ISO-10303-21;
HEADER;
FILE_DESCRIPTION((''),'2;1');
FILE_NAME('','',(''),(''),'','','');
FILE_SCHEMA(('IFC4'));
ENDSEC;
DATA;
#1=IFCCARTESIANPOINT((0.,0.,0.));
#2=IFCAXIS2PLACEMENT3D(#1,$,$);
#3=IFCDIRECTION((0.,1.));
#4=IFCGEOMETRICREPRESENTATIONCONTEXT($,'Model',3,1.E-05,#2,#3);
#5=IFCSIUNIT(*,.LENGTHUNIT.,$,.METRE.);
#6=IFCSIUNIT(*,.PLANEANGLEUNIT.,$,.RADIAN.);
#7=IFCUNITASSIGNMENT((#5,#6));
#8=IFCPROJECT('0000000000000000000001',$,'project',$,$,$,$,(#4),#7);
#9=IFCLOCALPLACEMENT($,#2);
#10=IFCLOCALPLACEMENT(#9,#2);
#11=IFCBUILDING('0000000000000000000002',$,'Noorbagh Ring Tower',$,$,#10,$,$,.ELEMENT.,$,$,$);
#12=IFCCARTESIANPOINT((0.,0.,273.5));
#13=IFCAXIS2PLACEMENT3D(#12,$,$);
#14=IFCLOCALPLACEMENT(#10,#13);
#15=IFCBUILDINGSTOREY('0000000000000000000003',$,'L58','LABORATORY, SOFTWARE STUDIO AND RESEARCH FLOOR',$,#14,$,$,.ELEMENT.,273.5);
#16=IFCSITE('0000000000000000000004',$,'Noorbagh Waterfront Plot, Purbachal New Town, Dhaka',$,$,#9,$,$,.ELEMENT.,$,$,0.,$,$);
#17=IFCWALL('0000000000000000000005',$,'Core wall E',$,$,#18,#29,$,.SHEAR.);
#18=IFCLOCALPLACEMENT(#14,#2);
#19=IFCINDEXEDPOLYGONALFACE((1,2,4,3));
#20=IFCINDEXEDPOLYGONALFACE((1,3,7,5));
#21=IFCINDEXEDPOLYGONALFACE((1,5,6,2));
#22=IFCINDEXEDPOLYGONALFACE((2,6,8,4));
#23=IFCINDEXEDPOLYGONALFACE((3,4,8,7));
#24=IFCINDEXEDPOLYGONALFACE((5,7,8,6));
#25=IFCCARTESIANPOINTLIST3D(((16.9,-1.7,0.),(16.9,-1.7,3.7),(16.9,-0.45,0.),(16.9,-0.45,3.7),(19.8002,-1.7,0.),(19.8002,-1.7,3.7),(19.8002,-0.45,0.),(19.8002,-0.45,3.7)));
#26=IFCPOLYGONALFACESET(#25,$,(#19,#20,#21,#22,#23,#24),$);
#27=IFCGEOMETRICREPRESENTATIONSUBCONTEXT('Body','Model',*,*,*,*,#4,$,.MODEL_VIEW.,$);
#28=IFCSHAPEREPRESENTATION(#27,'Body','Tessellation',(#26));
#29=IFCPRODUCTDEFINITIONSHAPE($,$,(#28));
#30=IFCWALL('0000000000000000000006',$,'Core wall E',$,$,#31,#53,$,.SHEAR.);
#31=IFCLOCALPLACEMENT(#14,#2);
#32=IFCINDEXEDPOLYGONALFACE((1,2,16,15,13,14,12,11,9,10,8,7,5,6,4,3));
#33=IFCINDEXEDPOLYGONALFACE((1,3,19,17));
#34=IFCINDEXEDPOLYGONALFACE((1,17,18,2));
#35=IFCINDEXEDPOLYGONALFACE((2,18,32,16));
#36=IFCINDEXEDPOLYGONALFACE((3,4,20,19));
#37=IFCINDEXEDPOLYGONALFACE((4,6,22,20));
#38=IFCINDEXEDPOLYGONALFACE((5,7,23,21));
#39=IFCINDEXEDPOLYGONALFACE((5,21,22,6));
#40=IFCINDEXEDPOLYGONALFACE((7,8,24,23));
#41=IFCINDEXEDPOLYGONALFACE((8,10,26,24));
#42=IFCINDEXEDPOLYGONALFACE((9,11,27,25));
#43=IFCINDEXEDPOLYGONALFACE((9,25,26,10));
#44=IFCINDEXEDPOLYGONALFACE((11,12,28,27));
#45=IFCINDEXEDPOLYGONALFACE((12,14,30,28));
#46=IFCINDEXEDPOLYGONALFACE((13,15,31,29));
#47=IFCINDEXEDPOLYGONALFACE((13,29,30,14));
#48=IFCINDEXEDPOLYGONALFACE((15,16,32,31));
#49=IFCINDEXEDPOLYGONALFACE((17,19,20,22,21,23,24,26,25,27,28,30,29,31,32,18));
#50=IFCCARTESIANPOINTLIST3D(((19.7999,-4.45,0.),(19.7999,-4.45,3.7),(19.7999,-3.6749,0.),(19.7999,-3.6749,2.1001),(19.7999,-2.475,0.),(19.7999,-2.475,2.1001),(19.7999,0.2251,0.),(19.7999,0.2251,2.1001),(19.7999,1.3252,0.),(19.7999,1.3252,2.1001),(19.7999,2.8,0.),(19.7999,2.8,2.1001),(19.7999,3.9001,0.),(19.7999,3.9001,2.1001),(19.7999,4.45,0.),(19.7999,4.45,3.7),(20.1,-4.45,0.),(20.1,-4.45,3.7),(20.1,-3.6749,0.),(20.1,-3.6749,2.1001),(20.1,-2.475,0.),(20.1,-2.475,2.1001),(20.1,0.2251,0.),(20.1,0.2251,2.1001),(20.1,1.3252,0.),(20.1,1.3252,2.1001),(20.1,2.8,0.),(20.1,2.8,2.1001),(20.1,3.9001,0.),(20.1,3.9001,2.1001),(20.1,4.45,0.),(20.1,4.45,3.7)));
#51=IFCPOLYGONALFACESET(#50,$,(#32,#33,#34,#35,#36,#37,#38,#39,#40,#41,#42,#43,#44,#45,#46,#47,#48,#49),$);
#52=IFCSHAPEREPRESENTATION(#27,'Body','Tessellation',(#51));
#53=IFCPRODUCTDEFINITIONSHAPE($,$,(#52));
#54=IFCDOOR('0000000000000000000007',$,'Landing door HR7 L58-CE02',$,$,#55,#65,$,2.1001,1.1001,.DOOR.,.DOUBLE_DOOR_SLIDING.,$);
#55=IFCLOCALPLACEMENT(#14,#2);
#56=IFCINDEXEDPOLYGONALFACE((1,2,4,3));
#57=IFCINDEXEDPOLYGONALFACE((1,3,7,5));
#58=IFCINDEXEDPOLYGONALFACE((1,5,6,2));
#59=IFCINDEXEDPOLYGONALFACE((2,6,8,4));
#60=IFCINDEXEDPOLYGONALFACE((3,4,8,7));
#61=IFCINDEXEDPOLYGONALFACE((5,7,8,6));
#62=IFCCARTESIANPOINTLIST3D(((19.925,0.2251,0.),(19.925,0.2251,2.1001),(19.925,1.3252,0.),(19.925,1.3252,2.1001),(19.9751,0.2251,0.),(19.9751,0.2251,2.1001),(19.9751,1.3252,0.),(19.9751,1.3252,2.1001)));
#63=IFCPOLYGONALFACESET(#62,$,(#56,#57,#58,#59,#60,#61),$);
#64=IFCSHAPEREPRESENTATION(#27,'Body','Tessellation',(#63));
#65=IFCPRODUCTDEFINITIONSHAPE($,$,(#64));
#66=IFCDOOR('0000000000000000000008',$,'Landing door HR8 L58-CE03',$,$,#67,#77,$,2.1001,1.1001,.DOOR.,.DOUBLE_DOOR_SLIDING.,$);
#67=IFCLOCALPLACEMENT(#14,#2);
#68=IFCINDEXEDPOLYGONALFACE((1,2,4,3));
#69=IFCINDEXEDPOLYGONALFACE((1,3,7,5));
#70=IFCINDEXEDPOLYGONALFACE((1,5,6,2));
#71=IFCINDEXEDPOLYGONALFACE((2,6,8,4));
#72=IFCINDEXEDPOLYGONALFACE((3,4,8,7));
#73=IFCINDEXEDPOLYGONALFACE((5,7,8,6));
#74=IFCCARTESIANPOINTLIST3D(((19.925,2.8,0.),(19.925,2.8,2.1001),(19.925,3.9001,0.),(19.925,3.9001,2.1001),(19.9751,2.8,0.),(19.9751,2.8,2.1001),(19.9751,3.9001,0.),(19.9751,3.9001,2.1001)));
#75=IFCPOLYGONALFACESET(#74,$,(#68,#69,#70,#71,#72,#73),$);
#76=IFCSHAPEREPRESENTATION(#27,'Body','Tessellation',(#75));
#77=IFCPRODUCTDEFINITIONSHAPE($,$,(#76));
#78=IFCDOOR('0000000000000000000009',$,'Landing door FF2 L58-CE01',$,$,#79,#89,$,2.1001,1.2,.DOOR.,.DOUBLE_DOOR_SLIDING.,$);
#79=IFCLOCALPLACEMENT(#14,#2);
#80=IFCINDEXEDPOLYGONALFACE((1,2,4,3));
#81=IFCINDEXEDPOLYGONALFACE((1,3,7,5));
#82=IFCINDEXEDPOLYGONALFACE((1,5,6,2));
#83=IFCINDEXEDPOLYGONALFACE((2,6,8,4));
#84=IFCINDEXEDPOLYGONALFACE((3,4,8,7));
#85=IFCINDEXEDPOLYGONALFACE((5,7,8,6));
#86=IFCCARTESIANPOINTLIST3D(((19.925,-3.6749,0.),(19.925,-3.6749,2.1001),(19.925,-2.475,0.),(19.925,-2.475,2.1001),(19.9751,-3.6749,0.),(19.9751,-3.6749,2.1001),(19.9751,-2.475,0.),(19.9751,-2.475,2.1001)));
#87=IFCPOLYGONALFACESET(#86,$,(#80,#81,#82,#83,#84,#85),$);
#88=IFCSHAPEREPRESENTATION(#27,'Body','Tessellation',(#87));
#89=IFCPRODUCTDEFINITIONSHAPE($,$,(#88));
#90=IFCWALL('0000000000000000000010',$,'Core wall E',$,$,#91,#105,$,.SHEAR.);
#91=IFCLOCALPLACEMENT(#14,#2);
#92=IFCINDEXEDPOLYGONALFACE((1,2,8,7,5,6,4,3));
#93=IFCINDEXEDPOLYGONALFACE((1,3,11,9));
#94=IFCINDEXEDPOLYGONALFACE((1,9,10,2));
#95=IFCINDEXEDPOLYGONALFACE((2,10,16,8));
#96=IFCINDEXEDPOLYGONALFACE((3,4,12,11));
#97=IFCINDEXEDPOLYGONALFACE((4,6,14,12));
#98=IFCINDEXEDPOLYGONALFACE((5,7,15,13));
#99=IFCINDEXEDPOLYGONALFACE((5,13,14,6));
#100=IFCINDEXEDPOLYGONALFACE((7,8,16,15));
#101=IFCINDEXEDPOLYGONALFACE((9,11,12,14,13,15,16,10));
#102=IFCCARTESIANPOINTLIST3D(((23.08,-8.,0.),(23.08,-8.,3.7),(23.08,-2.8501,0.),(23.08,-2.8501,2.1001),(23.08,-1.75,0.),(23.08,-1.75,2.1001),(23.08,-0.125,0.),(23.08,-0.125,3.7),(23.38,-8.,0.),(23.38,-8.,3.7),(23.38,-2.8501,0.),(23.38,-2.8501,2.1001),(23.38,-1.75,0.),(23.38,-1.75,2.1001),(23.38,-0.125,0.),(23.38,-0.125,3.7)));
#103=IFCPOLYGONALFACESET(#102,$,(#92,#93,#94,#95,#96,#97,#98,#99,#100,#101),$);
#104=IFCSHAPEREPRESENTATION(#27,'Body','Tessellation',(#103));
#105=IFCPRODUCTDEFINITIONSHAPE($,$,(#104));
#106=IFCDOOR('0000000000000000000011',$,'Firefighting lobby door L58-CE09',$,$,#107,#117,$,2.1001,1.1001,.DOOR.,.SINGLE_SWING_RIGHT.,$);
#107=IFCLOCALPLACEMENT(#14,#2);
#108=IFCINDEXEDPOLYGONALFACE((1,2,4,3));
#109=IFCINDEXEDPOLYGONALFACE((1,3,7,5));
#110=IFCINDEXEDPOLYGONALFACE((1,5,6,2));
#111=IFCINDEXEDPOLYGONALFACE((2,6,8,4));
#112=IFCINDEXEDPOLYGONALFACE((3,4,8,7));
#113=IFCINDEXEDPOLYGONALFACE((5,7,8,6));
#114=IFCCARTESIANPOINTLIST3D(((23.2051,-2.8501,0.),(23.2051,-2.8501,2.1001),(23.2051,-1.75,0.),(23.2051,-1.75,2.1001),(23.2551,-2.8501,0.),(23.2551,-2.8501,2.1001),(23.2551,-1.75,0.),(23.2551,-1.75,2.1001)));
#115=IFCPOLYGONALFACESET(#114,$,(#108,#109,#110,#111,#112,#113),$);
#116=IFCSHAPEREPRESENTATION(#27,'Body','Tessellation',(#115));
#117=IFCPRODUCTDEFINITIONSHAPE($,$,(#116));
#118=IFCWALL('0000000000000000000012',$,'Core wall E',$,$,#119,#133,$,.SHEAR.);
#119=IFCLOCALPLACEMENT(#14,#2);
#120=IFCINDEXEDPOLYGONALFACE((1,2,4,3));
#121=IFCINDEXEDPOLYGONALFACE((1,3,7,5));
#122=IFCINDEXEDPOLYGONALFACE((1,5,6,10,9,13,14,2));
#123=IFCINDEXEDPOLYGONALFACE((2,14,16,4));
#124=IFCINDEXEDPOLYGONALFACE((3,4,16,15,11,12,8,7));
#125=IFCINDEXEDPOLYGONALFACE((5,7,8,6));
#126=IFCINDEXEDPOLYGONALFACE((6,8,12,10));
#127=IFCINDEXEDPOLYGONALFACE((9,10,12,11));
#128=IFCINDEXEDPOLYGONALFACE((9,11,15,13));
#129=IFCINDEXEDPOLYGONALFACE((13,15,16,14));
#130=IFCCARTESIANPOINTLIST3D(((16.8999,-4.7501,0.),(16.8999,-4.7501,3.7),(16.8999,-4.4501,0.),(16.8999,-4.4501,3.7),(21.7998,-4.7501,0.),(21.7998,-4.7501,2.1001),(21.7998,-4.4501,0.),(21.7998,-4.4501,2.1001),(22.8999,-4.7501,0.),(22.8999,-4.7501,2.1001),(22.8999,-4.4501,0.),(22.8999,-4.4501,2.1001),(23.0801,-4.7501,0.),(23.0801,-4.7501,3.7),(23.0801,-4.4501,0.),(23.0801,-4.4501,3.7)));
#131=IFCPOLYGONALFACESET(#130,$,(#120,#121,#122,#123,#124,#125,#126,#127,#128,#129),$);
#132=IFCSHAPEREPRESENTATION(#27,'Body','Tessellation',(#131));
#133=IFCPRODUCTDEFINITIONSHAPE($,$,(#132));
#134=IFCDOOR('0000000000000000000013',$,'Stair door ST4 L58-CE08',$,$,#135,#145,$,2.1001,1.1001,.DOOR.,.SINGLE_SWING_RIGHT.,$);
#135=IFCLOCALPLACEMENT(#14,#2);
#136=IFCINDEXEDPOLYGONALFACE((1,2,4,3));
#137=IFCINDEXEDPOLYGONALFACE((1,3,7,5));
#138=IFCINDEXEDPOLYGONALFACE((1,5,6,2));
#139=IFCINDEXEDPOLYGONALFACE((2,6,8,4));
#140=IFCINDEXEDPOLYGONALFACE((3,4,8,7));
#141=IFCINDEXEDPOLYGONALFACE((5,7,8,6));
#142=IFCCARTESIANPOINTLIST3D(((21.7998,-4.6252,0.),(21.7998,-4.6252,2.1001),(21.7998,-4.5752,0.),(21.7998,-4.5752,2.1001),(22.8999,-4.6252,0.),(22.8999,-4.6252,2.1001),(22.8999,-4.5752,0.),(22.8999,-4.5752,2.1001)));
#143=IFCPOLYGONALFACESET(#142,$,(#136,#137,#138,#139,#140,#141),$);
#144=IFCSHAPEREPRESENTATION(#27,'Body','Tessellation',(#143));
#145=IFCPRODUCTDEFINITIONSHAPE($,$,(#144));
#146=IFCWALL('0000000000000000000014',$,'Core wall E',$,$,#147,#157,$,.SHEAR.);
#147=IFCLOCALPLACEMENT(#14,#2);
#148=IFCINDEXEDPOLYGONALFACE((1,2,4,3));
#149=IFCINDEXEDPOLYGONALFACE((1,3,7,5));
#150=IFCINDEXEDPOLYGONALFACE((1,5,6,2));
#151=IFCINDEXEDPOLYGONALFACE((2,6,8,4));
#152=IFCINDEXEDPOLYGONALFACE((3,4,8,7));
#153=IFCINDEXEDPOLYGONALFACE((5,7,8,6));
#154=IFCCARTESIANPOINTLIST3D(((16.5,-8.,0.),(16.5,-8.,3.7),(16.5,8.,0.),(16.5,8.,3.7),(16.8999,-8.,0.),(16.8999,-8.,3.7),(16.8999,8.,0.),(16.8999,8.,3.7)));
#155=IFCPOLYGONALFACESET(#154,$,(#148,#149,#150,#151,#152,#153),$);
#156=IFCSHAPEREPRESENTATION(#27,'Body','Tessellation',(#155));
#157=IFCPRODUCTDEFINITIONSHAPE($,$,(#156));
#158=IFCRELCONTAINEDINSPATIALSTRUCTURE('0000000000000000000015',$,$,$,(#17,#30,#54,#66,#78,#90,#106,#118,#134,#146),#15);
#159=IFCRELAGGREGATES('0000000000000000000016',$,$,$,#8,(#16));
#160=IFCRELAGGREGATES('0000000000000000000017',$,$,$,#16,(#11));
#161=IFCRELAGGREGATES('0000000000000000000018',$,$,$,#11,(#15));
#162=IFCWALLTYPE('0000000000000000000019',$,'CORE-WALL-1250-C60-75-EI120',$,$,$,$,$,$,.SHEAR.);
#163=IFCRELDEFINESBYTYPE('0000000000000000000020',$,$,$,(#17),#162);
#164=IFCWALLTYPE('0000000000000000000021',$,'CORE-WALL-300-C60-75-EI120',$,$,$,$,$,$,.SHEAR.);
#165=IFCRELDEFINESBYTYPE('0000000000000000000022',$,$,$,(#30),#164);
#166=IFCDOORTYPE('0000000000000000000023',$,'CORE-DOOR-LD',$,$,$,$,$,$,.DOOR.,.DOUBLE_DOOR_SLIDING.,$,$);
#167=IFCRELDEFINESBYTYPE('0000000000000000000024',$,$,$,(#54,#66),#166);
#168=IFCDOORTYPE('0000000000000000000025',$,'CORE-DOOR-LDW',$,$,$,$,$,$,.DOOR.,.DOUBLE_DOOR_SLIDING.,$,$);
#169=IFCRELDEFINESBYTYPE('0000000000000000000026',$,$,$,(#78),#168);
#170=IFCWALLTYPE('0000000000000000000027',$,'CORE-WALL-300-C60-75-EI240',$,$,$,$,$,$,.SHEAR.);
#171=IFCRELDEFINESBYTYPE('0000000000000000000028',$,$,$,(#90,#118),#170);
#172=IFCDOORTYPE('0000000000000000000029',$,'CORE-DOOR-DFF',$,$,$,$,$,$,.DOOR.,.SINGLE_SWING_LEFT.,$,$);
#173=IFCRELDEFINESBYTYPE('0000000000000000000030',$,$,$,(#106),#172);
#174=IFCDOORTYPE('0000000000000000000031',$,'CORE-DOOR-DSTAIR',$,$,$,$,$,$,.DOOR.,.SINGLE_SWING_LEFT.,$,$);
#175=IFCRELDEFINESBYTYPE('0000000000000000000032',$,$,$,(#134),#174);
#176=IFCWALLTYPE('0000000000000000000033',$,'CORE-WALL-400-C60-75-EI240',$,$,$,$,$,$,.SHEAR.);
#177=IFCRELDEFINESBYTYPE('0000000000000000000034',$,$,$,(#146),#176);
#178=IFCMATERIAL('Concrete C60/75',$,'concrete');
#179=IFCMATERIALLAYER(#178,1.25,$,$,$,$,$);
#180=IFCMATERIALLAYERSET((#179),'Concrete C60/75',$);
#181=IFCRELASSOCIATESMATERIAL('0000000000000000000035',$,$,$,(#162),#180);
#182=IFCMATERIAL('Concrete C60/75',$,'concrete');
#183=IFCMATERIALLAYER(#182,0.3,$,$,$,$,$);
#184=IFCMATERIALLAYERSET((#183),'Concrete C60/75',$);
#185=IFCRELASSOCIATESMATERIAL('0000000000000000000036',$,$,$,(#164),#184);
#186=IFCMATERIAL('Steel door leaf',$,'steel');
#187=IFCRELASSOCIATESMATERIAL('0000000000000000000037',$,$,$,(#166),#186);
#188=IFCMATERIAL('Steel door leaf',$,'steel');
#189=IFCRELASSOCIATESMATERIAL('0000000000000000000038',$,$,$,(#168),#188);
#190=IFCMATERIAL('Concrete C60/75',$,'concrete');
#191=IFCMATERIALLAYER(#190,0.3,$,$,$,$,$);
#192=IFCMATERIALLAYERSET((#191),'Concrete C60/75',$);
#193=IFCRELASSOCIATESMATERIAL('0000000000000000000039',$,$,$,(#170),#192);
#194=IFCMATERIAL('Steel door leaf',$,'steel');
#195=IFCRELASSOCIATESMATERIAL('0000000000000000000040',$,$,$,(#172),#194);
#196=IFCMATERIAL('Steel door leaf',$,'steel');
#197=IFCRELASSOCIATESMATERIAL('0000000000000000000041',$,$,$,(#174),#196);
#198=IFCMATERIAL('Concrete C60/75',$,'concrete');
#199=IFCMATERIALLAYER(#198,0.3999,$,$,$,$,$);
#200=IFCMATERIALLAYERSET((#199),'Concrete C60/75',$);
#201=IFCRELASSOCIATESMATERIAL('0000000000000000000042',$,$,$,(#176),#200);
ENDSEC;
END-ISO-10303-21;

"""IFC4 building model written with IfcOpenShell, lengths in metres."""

from ifc_helpers import new_model, si_unit, direction, frame, frame_2d, origin, place, context, subcontext, project, spatial, rectangle, extrude, material, layer, layer_set, type_object, element, fill, save


model = new_model("IFC4")

# Units and contexts
model_context = context("Model", 3, precision=1e-05, world=origin(), true_north=direction((0.0, 1.0)))
body_context = subcontext(model_context, "Body", "Model", "MODEL_VIEW")
ifc_project = project(units=[si_unit("LENGTHUNIT", "METRE"), si_unit("PLANEANGLEUNIT", "RADIAN")], contexts=[model_context])

# Site, building, storey
site_placement = place(None, origin())
site = spatial("IfcSite", under=ifc_project, at=site_placement, Name="Noorbagh Waterfront Plot, Purbachal New Town, Dhaka", CompositionType="ELEMENT", RefElevation=0.0)
building_placement = place(site_placement, origin())
building = spatial("IfcBuilding", under=site, at=building_placement, Name="Noorbagh Ring Tower", CompositionType="ELEMENT")
storey_placement = place(building_placement, frame((0.0, 0.0, 273.5)))
storey = spatial("IfcBuildingStorey", under=building, at=storey_placement, Name="L58", Description="LABORATORY, SOFTWARE STUDIO AND RESEARCH FLOOR", CompositionType="ELEMENT", Elevation=273.5)

# Wall
ifc_material_1 = material(Name="Concrete C60/75", Category="concrete")
ifc_layer_1 = layer(ifc_material_1, 1.25)
ifc_layer_set_1 = layer_set([ifc_layer_1], Name="Concrete C60/75")
wall_type_1 = type_object("IfcWallType", Name="CORE-WALL-1250-C60-75-EI120", PredefinedType="SHEAR", material=ifc_layer_set_1)
wall_1_placement = place(storey_placement, frame((16.8999, -1.075, 0.0), z_axis=(0.0, 0.0, 1.0), x_axis=(1.0, 0.0, 0.0)))
element("IfcWall", 1, at=wall_1_placement, inside=storey, type_object=wall_type_1, Name="Core wall E", PredefinedType="SHEAR", context=body_context, shape_type="SweptSolid", body=[
    extrude(rectangle(XDim=2.9001, YDim=1.25, at=frame_2d((1.4502, 0.0))), origin(), (0.0, 0.0, 1.0), 3.7),
])

# Wall, openings, doors
ifc_material_2 = material(Name="Concrete C60/75", Category="concrete")
ifc_layer_2 = layer(ifc_material_2, 0.3)
ifc_layer_set_2 = layer_set([ifc_layer_2], Name="Concrete C60/75")
wall_type_2 = type_object("IfcWallType", Name="CORE-WALL-300-C60-75-EI120", PredefinedType="SHEAR", material=ifc_layer_set_2)
wall_2_placement = place(storey_placement, frame((19.95, -4.45, 0.0), z_axis=(0.0, 0.0, 1.0), x_axis=(0.0, 1.0, 0.0)))
wall_2 = element("IfcWall", 2, at=wall_2_placement, inside=storey, type_object=wall_type_2, Name="Core wall E", PredefinedType="SHEAR", context=body_context, shape_type="SweptSolid", body=[
    extrude(rectangle(XDim=8.8999, YDim=0.3, at=frame_2d((4.45, 0.0))), origin(), (0.0, 0.0, 1.0), 3.7),
])
opening_1_placement = place(wall_2_placement, frame((0.7749, 0.0, 0.0)))
opening_1 = element("IfcOpeningElement", 3, at=opening_1_placement, cuts=wall_2, PredefinedType="OPENING", context=body_context, shape_type="SweptSolid", body=[
    extrude(rectangle(XDim=1.2, YDim=2.1001, at=frame_2d((0.6001, 1.05))), frame((0.0, 0.1602, 0.0), z_axis=(0.0, -1.0, 0.0), x_axis=(1.0, 0.0, 0.0)), (0.0, 0.0, 1.0), 0.3201),
])
opening_2_placement = place(wall_2_placement, frame((4.675, 0.0, 0.0)))
opening_2 = element("IfcOpeningElement", 4, at=opening_2_placement, cuts=wall_2, PredefinedType="OPENING", context=body_context, shape_type="SweptSolid", body=[
    extrude(rectangle(XDim=1.1001, YDim=2.1001, at=frame_2d((0.55, 1.05))), frame((0.0, 0.1602, 0.0), z_axis=(0.0, -1.0, 0.0), x_axis=(1.0, 0.0, 0.0)), (0.0, 0.0, 1.0), 0.3201),
])
opening_3_placement = place(wall_2_placement, frame((7.25, 0.0, 0.0)))
opening_3 = element("IfcOpeningElement", 5, at=opening_3_placement, cuts=wall_2, PredefinedType="OPENING", context=body_context, shape_type="SweptSolid", body=[
    extrude(rectangle(XDim=1.1001, YDim=2.1001, at=frame_2d((0.55, 1.05))), frame((0.0, 0.1602, 0.0), z_axis=(0.0, -1.0, 0.0), x_axis=(1.0, 0.0, 0.0)), (0.0, 0.0, 1.0), 0.3201),
])
ifc_material_3 = material(Name="Steel door leaf", Category="steel")
door_type_1 = type_object("IfcDoorType", Name="CORE-DOOR-LD", OperationType="DOUBLE_DOOR_SLIDING", PredefinedType="DOOR", material=ifc_material_3)
door_1_placement = place(opening_2_placement, origin())
door_1 = element("IfcDoor", 6, at=door_1_placement, inside=storey, type_object=door_type_1, Name="Landing door HR7 L58-CE02", OperationType="DOUBLE_DOOR_SLIDING", OverallHeight=2.1001, OverallWidth=1.1001, PredefinedType="DOOR", context=body_context, shape_type="SweptSolid", body=[
    extrude(rectangle(XDim=1.1001, YDim=2.1001, at=frame_2d((0.55, 1.05))), frame((0.0, 0.0249, 0.0), z_axis=(0.0, -1.0, 0.0), x_axis=(1.0, 0.0, 0.0)), (0.0, 0.0, 1.0), 0.05),
])
fill(opening_2, door_1)
door_2_placement = place(opening_3_placement, origin())
door_2 = element("IfcDoor", 7, at=door_2_placement, inside=storey, type_object=door_type_1, Name="Landing door HR8 L58-CE03", OperationType="DOUBLE_DOOR_SLIDING", OverallHeight=2.1001, OverallWidth=1.1001, PredefinedType="DOOR", context=body_context, shape_type="SweptSolid", body=[
    extrude(rectangle(XDim=1.1001, YDim=2.1001, at=frame_2d((0.55, 1.05))), frame((0.0, 0.0249, 0.0), z_axis=(0.0, -1.0, 0.0), x_axis=(1.0, 0.0, 0.0)), (0.0, 0.0, 1.0), 0.05),
])
fill(opening_3, door_2)
ifc_material_4 = material(Name="Steel door leaf", Category="steel")
door_type_2 = type_object("IfcDoorType", Name="CORE-DOOR-LDW", OperationType="DOUBLE_DOOR_SLIDING", PredefinedType="DOOR", material=ifc_material_4)
door_3_placement = place(opening_1_placement, origin())
door_3 = element("IfcDoor", 8, at=door_3_placement, inside=storey, type_object=door_type_2, Name="Landing door FF2 L58-CE01", OperationType="DOUBLE_DOOR_SLIDING", OverallHeight=2.1001, OverallWidth=1.2, PredefinedType="DOOR", context=body_context, shape_type="SweptSolid", body=[
    extrude(rectangle(XDim=1.2, YDim=2.1001, at=frame_2d((0.6001, 1.05))), frame((0.0, 0.0249, 0.0), z_axis=(0.0, -1.0, 0.0), x_axis=(1.0, 0.0, 0.0)), (0.0, 0.0, 1.0), 0.05),
])
fill(opening_1, door_3)

# Walls, openings, doors
ifc_material_5 = material(Name="Concrete C60/75", Category="concrete")
ifc_layer_3 = layer(ifc_material_5, 0.3)
ifc_layer_set_3 = layer_set([ifc_layer_3], Name="Concrete C60/75")
wall_type_3 = type_object("IfcWallType", Name="CORE-WALL-300-C60-75-EI240", PredefinedType="SHEAR", material=ifc_layer_set_3)
wall_3_placement = place(storey_placement, frame((23.23, -8.0, 0.0), z_axis=(0.0, 0.0, 1.0), x_axis=(0.0, 1.0, 0.0)))
wall_3 = element("IfcWall", 9, at=wall_3_placement, inside=storey, type_object=wall_type_3, Name="Core wall E", PredefinedType="SHEAR", context=body_context, shape_type="SweptSolid", body=[
    extrude(rectangle(XDim=7.875, YDim=0.3, at=frame_2d((3.9375, 0.0))), origin(), (0.0, 0.0, 1.0), 3.7),
])
opening_4_placement = place(wall_3_placement, frame((5.1499, 0.0, 0.0)))
opening_4 = element("IfcOpeningElement", 10, at=opening_4_placement, cuts=wall_3, PredefinedType="OPENING", context=body_context, shape_type="SweptSolid", body=[
    extrude(rectangle(XDim=1.1001, YDim=2.1001, at=frame_2d((0.55, 1.05))), frame((0.0, 0.1602, 0.0), z_axis=(0.0, -1.0, 0.0), x_axis=(1.0, 0.0, 0.0)), (0.0, 0.0, 1.0), 0.3201),
])
ifc_material_6 = material(Name="Steel door leaf", Category="steel")
door_type_3 = type_object("IfcDoorType", Name="CORE-DOOR-DFF", OperationType="SINGLE_SWING_LEFT", PredefinedType="DOOR", material=ifc_material_6)
door_4_placement = place(opening_4_placement, origin())
door_4 = element("IfcDoor", 11, at=door_4_placement, inside=storey, type_object=door_type_3, Name="Firefighting lobby door L58-CE09", OperationType="SINGLE_SWING_RIGHT", OverallHeight=2.1001, OverallWidth=1.1001, PredefinedType="DOOR", context=body_context, shape_type="SweptSolid", body=[
    extrude(rectangle(XDim=1.1001, YDim=2.1001, at=frame_2d((0.55, 1.05))), frame((0.0, 0.0249, 0.0), z_axis=(0.0, -1.0, 0.0), x_axis=(1.0, 0.0, 0.0)), (0.0, 0.0, 1.0), 0.05),
])
fill(opening_4, door_4)
wall_4_placement = place(storey_placement, frame((16.8999, -4.6001, 0.0), z_axis=(0.0, 0.0, 1.0), x_axis=(1.0, 0.0, 0.0)))
wall_4 = element("IfcWall", 12, at=wall_4_placement, inside=storey, type_object=wall_type_3, Name="Core wall E", PredefinedType="SHEAR", context=body_context, shape_type="SweptSolid", body=[
    extrude(rectangle(XDim=6.1802, YDim=0.3, at=frame_2d((3.0901, 0.0))), origin(), (0.0, 0.0, 1.0), 3.7),
])
opening_5_placement = place(wall_4_placement, frame((4.8999, 0.0, 0.0)))
opening_5 = element("IfcOpeningElement", 13, at=opening_5_placement, cuts=wall_4, PredefinedType="OPENING", context=body_context, shape_type="SweptSolid", body=[
    extrude(rectangle(XDim=1.1001, YDim=2.1001, at=frame_2d((0.55, 1.05))), frame((0.0, 0.1602, 0.0), z_axis=(0.0, -1.0, 0.0), x_axis=(1.0, 0.0, 0.0)), (0.0, 0.0, 1.0), 0.3201),
])
ifc_material_7 = material(Name="Steel door leaf", Category="steel")
door_type_4 = type_object("IfcDoorType", Name="CORE-DOOR-DSTAIR", OperationType="SINGLE_SWING_LEFT", PredefinedType="DOOR", material=ifc_material_7)
door_5_placement = place(opening_5_placement, origin())
door_5 = element("IfcDoor", 14, at=door_5_placement, inside=storey, type_object=door_type_4, Name="Stair door ST4 L58-CE08", OperationType="SINGLE_SWING_RIGHT", OverallHeight=2.1001, OverallWidth=1.1001, PredefinedType="DOOR", context=body_context, shape_type="SweptSolid", body=[
    extrude(rectangle(XDim=1.1001, YDim=2.1001, at=frame_2d((0.55, 1.05))), frame((0.0, 0.0249, 0.0), z_axis=(0.0, -1.0, 0.0), x_axis=(1.0, 0.0, 0.0)), (0.0, 0.0, 1.0), 0.05),
])
fill(opening_5, door_5)

# Wall
ifc_material_8 = material(Name="Concrete C60/75", Category="concrete")
ifc_layer_4 = layer(ifc_material_8, 0.3999)
ifc_layer_set_4 = layer_set([ifc_layer_4], Name="Concrete C60/75")
wall_type_4 = type_object("IfcWallType", Name="CORE-WALL-400-C60-75-EI240", PredefinedType="SHEAR", material=ifc_layer_set_4)
wall_5_placement = place(storey_placement, frame((16.7, -8.0, 0.0), z_axis=(0.0, 0.0, 1.0), x_axis=(0.0, 1.0, 0.0)))
element("IfcWall", 15, at=wall_5_placement, inside=storey, type_object=wall_type_4, Name="Core wall E", PredefinedType="SHEAR", context=body_context, shape_type="SweptSolid", body=[
    extrude(rectangle(XDim=16.0, YDim=0.3999, at=frame_2d((8.0, 0.0))), origin(), (0.0, 0.0, 1.0), 3.7),
])

save(model, "model.ifc")
